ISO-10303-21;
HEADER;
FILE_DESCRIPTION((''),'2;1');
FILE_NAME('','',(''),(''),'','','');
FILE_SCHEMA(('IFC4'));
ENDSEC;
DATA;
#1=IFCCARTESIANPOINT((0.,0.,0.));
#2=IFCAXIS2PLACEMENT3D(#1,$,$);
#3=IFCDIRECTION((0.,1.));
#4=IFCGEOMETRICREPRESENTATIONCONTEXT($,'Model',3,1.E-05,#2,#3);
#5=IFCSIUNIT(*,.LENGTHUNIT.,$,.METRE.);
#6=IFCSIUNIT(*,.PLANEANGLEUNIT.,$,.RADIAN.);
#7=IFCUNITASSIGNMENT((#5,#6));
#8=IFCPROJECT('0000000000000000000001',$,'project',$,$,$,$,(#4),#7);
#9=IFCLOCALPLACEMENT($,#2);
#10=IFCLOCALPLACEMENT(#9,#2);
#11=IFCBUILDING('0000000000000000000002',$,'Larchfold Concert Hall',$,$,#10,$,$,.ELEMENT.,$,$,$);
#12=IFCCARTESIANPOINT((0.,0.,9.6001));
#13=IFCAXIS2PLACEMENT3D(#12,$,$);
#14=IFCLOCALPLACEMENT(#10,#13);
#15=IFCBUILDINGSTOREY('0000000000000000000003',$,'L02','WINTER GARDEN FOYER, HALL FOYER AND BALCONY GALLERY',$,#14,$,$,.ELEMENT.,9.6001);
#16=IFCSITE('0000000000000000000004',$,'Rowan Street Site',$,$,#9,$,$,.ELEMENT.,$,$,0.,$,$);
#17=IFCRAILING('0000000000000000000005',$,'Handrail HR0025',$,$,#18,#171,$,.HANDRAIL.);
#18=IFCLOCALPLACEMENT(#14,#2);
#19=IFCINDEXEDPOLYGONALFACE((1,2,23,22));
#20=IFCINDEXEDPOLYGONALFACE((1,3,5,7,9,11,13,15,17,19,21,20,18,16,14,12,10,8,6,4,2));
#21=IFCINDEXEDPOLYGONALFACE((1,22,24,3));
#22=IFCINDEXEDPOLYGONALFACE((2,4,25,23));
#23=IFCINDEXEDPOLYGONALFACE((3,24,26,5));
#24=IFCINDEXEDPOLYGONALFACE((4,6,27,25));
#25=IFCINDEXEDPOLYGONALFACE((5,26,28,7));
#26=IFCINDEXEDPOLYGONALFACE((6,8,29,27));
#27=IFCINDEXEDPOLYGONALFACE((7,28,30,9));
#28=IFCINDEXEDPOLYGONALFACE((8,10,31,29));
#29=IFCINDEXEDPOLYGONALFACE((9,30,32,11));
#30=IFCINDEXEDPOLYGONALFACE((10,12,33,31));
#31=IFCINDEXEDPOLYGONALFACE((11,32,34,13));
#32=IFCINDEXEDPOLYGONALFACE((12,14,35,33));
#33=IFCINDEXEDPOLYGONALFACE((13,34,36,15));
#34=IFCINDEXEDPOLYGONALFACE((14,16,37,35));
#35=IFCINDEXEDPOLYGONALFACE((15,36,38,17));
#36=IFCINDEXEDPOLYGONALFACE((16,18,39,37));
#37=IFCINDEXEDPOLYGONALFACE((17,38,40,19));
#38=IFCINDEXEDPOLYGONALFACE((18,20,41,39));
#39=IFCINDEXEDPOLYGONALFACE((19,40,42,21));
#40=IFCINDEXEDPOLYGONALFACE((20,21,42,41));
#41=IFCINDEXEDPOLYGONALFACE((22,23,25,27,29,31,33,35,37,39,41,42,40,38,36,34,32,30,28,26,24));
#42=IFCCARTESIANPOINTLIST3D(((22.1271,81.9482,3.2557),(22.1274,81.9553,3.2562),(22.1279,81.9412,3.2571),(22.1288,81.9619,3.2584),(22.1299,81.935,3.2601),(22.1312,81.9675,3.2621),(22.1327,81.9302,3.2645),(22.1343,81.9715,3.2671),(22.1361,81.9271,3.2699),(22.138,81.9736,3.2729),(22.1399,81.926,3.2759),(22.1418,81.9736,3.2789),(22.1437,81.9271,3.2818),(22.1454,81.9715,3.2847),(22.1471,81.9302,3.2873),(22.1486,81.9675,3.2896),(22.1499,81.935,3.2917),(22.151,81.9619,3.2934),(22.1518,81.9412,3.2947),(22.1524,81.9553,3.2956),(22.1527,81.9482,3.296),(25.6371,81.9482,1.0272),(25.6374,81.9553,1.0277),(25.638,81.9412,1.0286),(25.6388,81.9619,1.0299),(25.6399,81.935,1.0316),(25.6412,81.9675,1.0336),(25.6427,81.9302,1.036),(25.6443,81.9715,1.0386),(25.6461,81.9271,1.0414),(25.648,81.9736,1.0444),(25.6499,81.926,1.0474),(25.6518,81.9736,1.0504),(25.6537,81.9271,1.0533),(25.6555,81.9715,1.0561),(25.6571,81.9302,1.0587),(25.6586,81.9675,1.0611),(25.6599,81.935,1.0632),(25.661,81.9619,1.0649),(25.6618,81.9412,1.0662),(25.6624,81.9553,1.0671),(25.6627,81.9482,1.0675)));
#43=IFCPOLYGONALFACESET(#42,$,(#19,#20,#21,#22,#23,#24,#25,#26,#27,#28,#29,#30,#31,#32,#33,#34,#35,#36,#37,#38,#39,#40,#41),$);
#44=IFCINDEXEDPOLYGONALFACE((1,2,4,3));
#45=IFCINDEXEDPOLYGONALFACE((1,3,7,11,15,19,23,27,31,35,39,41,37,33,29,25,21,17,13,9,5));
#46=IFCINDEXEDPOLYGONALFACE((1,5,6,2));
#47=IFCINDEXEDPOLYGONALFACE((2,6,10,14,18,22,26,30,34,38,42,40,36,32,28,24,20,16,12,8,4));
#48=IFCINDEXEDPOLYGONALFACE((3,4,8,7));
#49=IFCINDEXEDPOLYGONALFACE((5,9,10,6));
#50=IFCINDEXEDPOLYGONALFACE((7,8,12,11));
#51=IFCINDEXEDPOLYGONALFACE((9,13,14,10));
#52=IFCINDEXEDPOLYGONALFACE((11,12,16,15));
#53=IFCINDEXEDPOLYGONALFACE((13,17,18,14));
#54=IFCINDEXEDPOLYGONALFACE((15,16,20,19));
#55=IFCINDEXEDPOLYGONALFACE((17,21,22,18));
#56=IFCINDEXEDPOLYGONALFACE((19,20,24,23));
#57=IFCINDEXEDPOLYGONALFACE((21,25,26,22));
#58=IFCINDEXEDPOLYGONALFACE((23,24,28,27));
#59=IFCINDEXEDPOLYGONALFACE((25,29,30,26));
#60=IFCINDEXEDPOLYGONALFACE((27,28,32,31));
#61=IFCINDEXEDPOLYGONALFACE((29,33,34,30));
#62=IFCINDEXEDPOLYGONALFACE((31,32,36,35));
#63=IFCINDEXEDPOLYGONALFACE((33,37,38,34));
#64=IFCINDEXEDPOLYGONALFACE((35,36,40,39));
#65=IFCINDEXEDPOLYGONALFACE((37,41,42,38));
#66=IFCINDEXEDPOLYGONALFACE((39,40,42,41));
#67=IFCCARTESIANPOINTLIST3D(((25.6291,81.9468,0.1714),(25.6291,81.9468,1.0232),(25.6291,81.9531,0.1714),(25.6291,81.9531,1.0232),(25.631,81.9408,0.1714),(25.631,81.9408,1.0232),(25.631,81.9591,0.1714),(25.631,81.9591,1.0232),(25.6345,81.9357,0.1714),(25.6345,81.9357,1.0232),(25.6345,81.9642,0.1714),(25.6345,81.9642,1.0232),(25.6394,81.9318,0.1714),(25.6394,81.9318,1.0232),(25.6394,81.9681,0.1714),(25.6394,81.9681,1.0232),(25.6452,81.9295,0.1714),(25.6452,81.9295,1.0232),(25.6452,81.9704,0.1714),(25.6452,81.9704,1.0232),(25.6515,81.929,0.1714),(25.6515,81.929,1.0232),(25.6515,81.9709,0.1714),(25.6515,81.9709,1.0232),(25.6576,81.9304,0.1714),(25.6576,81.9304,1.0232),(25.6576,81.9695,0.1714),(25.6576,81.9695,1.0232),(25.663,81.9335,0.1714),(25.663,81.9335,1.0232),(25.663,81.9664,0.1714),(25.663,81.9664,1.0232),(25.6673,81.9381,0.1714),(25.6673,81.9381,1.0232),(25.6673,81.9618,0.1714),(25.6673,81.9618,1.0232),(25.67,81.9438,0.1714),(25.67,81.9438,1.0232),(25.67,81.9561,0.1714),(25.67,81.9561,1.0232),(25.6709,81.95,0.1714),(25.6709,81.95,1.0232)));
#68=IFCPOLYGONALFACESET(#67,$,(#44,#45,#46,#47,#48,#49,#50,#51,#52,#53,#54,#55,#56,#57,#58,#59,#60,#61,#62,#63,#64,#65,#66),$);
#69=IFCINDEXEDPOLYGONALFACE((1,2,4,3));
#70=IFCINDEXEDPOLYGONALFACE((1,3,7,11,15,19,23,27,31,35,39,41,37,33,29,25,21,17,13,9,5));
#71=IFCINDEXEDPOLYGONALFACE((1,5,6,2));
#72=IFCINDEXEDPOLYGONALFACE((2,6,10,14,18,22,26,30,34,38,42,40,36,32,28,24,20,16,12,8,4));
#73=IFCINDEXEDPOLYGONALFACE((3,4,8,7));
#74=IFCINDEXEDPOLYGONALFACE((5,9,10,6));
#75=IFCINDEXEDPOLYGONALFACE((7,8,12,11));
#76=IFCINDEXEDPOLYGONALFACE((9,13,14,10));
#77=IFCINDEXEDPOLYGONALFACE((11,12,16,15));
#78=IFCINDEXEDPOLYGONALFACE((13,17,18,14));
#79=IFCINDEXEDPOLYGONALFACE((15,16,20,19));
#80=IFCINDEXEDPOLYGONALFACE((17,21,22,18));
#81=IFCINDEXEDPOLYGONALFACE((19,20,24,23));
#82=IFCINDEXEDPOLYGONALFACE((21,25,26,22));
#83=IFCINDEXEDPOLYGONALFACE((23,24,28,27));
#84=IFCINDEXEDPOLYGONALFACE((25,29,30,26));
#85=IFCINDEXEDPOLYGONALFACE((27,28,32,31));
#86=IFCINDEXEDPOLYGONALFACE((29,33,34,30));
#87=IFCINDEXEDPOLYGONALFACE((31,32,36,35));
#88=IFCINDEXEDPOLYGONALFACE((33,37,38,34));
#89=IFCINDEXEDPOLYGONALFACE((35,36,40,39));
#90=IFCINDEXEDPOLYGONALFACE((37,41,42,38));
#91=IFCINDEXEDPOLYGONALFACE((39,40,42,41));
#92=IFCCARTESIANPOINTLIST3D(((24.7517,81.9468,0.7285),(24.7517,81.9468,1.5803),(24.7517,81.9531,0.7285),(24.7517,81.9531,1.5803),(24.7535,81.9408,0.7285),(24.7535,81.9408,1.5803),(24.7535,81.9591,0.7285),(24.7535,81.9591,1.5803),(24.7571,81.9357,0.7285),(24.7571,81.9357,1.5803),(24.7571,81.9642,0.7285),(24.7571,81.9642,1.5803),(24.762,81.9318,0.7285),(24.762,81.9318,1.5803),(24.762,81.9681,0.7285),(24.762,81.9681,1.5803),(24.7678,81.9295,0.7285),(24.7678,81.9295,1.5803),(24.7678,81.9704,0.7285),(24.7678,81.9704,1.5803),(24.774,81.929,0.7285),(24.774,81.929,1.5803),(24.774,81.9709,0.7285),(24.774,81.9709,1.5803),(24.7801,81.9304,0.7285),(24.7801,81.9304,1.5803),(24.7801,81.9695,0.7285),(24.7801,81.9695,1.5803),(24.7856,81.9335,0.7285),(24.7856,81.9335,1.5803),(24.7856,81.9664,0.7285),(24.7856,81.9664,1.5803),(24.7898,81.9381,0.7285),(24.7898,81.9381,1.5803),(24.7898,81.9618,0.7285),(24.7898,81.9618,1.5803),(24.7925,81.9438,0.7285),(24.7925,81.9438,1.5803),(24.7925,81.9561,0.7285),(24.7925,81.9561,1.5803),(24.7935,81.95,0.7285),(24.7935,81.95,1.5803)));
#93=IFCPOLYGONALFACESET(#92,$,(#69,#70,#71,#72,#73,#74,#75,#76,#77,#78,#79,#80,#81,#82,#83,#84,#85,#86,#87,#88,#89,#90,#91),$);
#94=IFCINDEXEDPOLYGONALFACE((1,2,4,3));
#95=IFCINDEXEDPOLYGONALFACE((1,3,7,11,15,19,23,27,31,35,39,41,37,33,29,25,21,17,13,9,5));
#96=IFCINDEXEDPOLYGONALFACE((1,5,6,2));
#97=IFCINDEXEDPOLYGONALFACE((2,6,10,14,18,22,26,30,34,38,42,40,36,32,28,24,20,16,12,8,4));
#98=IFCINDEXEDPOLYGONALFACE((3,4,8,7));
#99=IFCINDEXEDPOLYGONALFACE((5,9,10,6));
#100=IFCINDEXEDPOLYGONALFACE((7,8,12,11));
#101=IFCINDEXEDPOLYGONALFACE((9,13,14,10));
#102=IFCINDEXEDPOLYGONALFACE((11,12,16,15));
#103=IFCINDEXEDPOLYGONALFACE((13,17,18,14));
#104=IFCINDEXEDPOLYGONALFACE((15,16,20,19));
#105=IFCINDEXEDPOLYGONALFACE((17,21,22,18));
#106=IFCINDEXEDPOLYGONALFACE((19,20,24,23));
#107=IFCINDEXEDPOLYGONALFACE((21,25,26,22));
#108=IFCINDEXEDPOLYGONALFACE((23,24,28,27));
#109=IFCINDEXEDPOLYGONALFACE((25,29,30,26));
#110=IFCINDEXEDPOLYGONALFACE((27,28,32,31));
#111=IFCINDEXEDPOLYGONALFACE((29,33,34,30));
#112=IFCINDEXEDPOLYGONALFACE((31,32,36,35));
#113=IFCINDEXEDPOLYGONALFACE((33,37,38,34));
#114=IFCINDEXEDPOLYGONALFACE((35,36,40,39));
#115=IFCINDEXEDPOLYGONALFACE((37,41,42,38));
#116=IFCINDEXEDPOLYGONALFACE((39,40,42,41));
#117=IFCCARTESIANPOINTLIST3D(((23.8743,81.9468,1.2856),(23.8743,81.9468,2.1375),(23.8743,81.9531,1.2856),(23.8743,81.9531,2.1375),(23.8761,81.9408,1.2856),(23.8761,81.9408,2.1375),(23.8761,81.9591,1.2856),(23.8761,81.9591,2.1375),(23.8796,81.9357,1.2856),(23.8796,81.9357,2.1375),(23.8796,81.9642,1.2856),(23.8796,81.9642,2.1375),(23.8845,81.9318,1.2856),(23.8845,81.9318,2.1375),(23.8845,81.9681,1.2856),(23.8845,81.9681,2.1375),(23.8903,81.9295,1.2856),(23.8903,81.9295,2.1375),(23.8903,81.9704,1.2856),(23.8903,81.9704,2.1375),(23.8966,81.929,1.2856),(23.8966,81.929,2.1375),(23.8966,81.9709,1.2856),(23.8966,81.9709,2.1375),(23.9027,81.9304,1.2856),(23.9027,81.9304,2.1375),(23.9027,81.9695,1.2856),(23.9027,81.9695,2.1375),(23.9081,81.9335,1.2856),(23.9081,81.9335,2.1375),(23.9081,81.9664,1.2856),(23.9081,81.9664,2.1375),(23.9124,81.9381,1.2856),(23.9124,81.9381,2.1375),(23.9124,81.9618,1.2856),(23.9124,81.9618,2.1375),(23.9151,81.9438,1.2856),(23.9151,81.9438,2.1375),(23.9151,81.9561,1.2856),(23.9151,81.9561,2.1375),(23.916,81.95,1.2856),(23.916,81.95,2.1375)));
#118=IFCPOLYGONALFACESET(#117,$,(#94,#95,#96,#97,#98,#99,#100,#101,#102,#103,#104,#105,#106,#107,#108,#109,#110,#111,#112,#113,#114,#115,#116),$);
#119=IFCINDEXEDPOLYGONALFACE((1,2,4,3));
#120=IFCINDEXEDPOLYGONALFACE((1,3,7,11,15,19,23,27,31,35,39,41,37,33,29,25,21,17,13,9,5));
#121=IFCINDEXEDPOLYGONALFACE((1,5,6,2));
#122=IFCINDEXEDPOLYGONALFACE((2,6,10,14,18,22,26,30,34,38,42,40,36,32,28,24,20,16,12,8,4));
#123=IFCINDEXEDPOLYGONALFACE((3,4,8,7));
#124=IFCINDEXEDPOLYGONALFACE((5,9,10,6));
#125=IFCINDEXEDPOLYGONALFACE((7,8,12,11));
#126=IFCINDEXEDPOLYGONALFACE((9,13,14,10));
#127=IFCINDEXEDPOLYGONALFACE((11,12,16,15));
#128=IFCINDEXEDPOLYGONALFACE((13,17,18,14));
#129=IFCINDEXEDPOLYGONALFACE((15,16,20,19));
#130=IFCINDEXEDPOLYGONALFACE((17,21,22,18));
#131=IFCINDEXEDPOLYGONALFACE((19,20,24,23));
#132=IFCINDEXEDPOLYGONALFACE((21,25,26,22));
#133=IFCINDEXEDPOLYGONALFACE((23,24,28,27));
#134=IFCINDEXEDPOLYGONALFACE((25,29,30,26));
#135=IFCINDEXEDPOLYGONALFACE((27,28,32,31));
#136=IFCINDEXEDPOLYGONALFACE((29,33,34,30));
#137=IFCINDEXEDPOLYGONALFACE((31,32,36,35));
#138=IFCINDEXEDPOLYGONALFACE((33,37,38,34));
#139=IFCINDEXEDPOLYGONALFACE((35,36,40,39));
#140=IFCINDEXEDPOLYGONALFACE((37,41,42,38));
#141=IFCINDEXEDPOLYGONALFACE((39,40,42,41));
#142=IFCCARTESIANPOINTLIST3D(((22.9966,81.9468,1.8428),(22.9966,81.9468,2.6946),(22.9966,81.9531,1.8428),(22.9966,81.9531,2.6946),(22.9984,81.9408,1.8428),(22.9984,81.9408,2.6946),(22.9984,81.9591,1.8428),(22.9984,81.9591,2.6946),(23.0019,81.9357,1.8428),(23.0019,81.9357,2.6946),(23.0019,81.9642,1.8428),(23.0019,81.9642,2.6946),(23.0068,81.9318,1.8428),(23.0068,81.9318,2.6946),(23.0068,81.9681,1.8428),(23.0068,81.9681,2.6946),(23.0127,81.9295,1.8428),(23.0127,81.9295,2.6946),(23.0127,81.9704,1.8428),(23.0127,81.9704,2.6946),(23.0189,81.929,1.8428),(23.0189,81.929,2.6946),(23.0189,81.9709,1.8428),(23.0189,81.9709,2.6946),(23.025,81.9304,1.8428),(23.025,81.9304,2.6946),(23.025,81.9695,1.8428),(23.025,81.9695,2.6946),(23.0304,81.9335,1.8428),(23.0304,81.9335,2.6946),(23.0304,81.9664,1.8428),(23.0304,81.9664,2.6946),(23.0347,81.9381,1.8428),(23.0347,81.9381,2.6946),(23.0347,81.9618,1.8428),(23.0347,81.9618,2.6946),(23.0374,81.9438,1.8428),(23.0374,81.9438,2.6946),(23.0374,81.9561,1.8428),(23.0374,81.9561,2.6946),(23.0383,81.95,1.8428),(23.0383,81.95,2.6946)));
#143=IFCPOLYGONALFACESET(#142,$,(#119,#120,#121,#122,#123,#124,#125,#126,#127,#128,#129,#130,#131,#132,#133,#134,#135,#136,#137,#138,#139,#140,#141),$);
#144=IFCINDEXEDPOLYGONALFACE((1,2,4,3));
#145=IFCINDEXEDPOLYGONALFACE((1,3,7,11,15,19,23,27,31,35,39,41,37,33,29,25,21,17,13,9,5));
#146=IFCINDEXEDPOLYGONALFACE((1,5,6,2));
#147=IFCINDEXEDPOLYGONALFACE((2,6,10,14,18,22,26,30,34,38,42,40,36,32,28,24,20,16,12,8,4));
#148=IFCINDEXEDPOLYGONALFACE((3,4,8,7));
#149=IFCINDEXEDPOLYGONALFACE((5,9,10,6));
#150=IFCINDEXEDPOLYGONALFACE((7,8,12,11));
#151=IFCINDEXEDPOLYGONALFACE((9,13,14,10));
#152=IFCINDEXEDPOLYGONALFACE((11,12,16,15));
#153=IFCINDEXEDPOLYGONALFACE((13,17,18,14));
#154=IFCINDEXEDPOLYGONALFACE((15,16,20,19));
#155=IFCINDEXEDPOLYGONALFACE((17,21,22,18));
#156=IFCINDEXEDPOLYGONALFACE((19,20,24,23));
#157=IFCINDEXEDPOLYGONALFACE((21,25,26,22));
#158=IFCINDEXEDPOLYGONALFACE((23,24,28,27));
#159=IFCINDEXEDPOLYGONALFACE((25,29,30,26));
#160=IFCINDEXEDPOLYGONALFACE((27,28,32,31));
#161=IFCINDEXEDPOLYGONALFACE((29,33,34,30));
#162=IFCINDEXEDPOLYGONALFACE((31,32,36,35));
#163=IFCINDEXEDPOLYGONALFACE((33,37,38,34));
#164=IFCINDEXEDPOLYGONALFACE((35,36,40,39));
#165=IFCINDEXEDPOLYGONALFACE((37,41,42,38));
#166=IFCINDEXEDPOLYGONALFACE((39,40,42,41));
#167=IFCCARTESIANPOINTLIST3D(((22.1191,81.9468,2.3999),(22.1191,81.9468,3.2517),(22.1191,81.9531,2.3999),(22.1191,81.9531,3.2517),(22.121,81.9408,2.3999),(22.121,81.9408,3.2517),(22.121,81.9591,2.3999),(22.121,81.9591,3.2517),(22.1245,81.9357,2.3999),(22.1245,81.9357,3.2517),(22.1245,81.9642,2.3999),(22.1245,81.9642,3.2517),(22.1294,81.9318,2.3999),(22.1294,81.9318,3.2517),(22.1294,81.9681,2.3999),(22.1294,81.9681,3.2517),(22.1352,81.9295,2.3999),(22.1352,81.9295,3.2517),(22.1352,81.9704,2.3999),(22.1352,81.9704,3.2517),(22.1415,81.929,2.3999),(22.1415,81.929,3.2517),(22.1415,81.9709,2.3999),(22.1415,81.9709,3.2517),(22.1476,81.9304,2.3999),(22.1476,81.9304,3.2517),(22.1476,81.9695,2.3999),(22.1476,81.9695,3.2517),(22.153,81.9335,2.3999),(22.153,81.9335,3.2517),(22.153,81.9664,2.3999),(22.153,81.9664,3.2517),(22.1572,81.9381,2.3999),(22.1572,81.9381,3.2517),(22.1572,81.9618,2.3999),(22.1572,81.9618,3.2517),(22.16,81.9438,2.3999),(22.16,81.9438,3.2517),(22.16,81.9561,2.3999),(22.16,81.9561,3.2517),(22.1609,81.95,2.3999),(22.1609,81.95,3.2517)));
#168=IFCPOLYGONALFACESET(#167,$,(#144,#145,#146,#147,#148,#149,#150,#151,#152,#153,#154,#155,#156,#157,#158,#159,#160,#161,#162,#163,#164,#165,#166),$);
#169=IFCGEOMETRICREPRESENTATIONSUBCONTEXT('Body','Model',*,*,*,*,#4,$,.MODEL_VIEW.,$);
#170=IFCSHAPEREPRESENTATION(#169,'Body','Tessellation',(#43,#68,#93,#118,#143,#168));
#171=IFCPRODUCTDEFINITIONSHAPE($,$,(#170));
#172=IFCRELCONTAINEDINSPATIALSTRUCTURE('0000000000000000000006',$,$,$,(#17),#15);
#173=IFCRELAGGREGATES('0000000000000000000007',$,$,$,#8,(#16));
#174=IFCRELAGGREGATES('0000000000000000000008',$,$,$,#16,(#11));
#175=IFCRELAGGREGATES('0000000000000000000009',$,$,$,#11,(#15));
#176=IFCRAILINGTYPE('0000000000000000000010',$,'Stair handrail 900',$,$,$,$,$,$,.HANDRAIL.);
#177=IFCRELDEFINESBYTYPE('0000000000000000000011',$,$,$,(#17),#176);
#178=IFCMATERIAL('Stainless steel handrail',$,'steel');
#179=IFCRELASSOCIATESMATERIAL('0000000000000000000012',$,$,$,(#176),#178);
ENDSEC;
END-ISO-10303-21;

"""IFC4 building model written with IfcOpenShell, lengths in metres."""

from ifc_helpers import new_model, si_unit, direction, frame, origin, origin_2d, place, context, subcontext, project, spatial, circle, extrude, material, type_object, element, save


model = new_model("IFC4")

# Units and contexts
model_context = context("Model", 3, precision=1e-05, world=origin(), true_north=direction((0.0, 1.0)))
body_context = subcontext(model_context, "Body", "Model", "MODEL_VIEW")
ifc_project = project(units=[si_unit("LENGTHUNIT", "METRE"), si_unit("PLANEANGLEUNIT", "RADIAN")], contexts=[model_context])

# Site, building, storey
site_placement = place(None, origin())
site = spatial("IfcSite", under=ifc_project, at=site_placement, Name="Rowan Street Site", CompositionType="ELEMENT", RefElevation=0.0)
building_placement = place(site_placement, origin())
building = spatial("IfcBuilding", under=site, at=building_placement, Name="Larchfold Concert Hall", CompositionType="ELEMENT")
storey_placement = place(building_placement, frame((0.0, 0.0, 9.6001)))
storey = spatial("IfcBuildingStorey", under=building, at=storey_placement, Name="L02", Description="WINTER GARDEN FOYER, HALL FOYER AND BALCONY GALLERY", CompositionType="ELEMENT", Elevation=9.6001)

# Railing
ifc_material_1 = material(Name="Stainless steel handrail", Category="steel")
railing_type_1 = type_object("IfcRailingType", Name="Stair handrail 900", PredefinedType="HANDRAIL", material=ifc_material_1)
railing_1_placement = place(storey_placement, frame((25.6499, 81.95, 0.1714)))
element("IfcRailing", 1, at=railing_1_placement, inside=storey, type_object=railing_type_1, Name="Handrail HR0025", PredefinedType="HANDRAIL", context=body_context, shape_type="SweptSolid", body=[
    extrude(circle(Radius=0.0239, at=origin_2d()), frame((0.0, 0.0, 0.876), z_axis=(-0.84422, 0.0, 0.535998), x_axis=(0.0, -1.0, 0.0)), (0.0, 0.0, 1.0), 4.1577),
    extrude(circle(Radius=0.021, at=origin_2d()), origin(), (0.0, 0.0, 1.0), 0.8518),
    extrude(circle(Radius=0.021, at=origin_2d()), frame((-0.8774, 0.0, 0.5571)), (0.0, 0.0, 1.0), 0.8518),
    extrude(circle(Radius=0.021, at=origin_2d()), frame((-1.7549, 0.0, 1.1143)), (0.0, 0.0, 1.0), 0.8518),
    extrude(circle(Radius=0.021, at=origin_2d()), frame((-2.6326, 0.0, 1.6714)), (0.0, 0.0, 1.0), 0.8518),
    extrude(circle(Radius=0.021, at=origin_2d()), frame((-3.51, 0.0, 2.2285)), (0.0, 0.0, 1.0), 0.8518),
])

save(model, "model.ifc")
